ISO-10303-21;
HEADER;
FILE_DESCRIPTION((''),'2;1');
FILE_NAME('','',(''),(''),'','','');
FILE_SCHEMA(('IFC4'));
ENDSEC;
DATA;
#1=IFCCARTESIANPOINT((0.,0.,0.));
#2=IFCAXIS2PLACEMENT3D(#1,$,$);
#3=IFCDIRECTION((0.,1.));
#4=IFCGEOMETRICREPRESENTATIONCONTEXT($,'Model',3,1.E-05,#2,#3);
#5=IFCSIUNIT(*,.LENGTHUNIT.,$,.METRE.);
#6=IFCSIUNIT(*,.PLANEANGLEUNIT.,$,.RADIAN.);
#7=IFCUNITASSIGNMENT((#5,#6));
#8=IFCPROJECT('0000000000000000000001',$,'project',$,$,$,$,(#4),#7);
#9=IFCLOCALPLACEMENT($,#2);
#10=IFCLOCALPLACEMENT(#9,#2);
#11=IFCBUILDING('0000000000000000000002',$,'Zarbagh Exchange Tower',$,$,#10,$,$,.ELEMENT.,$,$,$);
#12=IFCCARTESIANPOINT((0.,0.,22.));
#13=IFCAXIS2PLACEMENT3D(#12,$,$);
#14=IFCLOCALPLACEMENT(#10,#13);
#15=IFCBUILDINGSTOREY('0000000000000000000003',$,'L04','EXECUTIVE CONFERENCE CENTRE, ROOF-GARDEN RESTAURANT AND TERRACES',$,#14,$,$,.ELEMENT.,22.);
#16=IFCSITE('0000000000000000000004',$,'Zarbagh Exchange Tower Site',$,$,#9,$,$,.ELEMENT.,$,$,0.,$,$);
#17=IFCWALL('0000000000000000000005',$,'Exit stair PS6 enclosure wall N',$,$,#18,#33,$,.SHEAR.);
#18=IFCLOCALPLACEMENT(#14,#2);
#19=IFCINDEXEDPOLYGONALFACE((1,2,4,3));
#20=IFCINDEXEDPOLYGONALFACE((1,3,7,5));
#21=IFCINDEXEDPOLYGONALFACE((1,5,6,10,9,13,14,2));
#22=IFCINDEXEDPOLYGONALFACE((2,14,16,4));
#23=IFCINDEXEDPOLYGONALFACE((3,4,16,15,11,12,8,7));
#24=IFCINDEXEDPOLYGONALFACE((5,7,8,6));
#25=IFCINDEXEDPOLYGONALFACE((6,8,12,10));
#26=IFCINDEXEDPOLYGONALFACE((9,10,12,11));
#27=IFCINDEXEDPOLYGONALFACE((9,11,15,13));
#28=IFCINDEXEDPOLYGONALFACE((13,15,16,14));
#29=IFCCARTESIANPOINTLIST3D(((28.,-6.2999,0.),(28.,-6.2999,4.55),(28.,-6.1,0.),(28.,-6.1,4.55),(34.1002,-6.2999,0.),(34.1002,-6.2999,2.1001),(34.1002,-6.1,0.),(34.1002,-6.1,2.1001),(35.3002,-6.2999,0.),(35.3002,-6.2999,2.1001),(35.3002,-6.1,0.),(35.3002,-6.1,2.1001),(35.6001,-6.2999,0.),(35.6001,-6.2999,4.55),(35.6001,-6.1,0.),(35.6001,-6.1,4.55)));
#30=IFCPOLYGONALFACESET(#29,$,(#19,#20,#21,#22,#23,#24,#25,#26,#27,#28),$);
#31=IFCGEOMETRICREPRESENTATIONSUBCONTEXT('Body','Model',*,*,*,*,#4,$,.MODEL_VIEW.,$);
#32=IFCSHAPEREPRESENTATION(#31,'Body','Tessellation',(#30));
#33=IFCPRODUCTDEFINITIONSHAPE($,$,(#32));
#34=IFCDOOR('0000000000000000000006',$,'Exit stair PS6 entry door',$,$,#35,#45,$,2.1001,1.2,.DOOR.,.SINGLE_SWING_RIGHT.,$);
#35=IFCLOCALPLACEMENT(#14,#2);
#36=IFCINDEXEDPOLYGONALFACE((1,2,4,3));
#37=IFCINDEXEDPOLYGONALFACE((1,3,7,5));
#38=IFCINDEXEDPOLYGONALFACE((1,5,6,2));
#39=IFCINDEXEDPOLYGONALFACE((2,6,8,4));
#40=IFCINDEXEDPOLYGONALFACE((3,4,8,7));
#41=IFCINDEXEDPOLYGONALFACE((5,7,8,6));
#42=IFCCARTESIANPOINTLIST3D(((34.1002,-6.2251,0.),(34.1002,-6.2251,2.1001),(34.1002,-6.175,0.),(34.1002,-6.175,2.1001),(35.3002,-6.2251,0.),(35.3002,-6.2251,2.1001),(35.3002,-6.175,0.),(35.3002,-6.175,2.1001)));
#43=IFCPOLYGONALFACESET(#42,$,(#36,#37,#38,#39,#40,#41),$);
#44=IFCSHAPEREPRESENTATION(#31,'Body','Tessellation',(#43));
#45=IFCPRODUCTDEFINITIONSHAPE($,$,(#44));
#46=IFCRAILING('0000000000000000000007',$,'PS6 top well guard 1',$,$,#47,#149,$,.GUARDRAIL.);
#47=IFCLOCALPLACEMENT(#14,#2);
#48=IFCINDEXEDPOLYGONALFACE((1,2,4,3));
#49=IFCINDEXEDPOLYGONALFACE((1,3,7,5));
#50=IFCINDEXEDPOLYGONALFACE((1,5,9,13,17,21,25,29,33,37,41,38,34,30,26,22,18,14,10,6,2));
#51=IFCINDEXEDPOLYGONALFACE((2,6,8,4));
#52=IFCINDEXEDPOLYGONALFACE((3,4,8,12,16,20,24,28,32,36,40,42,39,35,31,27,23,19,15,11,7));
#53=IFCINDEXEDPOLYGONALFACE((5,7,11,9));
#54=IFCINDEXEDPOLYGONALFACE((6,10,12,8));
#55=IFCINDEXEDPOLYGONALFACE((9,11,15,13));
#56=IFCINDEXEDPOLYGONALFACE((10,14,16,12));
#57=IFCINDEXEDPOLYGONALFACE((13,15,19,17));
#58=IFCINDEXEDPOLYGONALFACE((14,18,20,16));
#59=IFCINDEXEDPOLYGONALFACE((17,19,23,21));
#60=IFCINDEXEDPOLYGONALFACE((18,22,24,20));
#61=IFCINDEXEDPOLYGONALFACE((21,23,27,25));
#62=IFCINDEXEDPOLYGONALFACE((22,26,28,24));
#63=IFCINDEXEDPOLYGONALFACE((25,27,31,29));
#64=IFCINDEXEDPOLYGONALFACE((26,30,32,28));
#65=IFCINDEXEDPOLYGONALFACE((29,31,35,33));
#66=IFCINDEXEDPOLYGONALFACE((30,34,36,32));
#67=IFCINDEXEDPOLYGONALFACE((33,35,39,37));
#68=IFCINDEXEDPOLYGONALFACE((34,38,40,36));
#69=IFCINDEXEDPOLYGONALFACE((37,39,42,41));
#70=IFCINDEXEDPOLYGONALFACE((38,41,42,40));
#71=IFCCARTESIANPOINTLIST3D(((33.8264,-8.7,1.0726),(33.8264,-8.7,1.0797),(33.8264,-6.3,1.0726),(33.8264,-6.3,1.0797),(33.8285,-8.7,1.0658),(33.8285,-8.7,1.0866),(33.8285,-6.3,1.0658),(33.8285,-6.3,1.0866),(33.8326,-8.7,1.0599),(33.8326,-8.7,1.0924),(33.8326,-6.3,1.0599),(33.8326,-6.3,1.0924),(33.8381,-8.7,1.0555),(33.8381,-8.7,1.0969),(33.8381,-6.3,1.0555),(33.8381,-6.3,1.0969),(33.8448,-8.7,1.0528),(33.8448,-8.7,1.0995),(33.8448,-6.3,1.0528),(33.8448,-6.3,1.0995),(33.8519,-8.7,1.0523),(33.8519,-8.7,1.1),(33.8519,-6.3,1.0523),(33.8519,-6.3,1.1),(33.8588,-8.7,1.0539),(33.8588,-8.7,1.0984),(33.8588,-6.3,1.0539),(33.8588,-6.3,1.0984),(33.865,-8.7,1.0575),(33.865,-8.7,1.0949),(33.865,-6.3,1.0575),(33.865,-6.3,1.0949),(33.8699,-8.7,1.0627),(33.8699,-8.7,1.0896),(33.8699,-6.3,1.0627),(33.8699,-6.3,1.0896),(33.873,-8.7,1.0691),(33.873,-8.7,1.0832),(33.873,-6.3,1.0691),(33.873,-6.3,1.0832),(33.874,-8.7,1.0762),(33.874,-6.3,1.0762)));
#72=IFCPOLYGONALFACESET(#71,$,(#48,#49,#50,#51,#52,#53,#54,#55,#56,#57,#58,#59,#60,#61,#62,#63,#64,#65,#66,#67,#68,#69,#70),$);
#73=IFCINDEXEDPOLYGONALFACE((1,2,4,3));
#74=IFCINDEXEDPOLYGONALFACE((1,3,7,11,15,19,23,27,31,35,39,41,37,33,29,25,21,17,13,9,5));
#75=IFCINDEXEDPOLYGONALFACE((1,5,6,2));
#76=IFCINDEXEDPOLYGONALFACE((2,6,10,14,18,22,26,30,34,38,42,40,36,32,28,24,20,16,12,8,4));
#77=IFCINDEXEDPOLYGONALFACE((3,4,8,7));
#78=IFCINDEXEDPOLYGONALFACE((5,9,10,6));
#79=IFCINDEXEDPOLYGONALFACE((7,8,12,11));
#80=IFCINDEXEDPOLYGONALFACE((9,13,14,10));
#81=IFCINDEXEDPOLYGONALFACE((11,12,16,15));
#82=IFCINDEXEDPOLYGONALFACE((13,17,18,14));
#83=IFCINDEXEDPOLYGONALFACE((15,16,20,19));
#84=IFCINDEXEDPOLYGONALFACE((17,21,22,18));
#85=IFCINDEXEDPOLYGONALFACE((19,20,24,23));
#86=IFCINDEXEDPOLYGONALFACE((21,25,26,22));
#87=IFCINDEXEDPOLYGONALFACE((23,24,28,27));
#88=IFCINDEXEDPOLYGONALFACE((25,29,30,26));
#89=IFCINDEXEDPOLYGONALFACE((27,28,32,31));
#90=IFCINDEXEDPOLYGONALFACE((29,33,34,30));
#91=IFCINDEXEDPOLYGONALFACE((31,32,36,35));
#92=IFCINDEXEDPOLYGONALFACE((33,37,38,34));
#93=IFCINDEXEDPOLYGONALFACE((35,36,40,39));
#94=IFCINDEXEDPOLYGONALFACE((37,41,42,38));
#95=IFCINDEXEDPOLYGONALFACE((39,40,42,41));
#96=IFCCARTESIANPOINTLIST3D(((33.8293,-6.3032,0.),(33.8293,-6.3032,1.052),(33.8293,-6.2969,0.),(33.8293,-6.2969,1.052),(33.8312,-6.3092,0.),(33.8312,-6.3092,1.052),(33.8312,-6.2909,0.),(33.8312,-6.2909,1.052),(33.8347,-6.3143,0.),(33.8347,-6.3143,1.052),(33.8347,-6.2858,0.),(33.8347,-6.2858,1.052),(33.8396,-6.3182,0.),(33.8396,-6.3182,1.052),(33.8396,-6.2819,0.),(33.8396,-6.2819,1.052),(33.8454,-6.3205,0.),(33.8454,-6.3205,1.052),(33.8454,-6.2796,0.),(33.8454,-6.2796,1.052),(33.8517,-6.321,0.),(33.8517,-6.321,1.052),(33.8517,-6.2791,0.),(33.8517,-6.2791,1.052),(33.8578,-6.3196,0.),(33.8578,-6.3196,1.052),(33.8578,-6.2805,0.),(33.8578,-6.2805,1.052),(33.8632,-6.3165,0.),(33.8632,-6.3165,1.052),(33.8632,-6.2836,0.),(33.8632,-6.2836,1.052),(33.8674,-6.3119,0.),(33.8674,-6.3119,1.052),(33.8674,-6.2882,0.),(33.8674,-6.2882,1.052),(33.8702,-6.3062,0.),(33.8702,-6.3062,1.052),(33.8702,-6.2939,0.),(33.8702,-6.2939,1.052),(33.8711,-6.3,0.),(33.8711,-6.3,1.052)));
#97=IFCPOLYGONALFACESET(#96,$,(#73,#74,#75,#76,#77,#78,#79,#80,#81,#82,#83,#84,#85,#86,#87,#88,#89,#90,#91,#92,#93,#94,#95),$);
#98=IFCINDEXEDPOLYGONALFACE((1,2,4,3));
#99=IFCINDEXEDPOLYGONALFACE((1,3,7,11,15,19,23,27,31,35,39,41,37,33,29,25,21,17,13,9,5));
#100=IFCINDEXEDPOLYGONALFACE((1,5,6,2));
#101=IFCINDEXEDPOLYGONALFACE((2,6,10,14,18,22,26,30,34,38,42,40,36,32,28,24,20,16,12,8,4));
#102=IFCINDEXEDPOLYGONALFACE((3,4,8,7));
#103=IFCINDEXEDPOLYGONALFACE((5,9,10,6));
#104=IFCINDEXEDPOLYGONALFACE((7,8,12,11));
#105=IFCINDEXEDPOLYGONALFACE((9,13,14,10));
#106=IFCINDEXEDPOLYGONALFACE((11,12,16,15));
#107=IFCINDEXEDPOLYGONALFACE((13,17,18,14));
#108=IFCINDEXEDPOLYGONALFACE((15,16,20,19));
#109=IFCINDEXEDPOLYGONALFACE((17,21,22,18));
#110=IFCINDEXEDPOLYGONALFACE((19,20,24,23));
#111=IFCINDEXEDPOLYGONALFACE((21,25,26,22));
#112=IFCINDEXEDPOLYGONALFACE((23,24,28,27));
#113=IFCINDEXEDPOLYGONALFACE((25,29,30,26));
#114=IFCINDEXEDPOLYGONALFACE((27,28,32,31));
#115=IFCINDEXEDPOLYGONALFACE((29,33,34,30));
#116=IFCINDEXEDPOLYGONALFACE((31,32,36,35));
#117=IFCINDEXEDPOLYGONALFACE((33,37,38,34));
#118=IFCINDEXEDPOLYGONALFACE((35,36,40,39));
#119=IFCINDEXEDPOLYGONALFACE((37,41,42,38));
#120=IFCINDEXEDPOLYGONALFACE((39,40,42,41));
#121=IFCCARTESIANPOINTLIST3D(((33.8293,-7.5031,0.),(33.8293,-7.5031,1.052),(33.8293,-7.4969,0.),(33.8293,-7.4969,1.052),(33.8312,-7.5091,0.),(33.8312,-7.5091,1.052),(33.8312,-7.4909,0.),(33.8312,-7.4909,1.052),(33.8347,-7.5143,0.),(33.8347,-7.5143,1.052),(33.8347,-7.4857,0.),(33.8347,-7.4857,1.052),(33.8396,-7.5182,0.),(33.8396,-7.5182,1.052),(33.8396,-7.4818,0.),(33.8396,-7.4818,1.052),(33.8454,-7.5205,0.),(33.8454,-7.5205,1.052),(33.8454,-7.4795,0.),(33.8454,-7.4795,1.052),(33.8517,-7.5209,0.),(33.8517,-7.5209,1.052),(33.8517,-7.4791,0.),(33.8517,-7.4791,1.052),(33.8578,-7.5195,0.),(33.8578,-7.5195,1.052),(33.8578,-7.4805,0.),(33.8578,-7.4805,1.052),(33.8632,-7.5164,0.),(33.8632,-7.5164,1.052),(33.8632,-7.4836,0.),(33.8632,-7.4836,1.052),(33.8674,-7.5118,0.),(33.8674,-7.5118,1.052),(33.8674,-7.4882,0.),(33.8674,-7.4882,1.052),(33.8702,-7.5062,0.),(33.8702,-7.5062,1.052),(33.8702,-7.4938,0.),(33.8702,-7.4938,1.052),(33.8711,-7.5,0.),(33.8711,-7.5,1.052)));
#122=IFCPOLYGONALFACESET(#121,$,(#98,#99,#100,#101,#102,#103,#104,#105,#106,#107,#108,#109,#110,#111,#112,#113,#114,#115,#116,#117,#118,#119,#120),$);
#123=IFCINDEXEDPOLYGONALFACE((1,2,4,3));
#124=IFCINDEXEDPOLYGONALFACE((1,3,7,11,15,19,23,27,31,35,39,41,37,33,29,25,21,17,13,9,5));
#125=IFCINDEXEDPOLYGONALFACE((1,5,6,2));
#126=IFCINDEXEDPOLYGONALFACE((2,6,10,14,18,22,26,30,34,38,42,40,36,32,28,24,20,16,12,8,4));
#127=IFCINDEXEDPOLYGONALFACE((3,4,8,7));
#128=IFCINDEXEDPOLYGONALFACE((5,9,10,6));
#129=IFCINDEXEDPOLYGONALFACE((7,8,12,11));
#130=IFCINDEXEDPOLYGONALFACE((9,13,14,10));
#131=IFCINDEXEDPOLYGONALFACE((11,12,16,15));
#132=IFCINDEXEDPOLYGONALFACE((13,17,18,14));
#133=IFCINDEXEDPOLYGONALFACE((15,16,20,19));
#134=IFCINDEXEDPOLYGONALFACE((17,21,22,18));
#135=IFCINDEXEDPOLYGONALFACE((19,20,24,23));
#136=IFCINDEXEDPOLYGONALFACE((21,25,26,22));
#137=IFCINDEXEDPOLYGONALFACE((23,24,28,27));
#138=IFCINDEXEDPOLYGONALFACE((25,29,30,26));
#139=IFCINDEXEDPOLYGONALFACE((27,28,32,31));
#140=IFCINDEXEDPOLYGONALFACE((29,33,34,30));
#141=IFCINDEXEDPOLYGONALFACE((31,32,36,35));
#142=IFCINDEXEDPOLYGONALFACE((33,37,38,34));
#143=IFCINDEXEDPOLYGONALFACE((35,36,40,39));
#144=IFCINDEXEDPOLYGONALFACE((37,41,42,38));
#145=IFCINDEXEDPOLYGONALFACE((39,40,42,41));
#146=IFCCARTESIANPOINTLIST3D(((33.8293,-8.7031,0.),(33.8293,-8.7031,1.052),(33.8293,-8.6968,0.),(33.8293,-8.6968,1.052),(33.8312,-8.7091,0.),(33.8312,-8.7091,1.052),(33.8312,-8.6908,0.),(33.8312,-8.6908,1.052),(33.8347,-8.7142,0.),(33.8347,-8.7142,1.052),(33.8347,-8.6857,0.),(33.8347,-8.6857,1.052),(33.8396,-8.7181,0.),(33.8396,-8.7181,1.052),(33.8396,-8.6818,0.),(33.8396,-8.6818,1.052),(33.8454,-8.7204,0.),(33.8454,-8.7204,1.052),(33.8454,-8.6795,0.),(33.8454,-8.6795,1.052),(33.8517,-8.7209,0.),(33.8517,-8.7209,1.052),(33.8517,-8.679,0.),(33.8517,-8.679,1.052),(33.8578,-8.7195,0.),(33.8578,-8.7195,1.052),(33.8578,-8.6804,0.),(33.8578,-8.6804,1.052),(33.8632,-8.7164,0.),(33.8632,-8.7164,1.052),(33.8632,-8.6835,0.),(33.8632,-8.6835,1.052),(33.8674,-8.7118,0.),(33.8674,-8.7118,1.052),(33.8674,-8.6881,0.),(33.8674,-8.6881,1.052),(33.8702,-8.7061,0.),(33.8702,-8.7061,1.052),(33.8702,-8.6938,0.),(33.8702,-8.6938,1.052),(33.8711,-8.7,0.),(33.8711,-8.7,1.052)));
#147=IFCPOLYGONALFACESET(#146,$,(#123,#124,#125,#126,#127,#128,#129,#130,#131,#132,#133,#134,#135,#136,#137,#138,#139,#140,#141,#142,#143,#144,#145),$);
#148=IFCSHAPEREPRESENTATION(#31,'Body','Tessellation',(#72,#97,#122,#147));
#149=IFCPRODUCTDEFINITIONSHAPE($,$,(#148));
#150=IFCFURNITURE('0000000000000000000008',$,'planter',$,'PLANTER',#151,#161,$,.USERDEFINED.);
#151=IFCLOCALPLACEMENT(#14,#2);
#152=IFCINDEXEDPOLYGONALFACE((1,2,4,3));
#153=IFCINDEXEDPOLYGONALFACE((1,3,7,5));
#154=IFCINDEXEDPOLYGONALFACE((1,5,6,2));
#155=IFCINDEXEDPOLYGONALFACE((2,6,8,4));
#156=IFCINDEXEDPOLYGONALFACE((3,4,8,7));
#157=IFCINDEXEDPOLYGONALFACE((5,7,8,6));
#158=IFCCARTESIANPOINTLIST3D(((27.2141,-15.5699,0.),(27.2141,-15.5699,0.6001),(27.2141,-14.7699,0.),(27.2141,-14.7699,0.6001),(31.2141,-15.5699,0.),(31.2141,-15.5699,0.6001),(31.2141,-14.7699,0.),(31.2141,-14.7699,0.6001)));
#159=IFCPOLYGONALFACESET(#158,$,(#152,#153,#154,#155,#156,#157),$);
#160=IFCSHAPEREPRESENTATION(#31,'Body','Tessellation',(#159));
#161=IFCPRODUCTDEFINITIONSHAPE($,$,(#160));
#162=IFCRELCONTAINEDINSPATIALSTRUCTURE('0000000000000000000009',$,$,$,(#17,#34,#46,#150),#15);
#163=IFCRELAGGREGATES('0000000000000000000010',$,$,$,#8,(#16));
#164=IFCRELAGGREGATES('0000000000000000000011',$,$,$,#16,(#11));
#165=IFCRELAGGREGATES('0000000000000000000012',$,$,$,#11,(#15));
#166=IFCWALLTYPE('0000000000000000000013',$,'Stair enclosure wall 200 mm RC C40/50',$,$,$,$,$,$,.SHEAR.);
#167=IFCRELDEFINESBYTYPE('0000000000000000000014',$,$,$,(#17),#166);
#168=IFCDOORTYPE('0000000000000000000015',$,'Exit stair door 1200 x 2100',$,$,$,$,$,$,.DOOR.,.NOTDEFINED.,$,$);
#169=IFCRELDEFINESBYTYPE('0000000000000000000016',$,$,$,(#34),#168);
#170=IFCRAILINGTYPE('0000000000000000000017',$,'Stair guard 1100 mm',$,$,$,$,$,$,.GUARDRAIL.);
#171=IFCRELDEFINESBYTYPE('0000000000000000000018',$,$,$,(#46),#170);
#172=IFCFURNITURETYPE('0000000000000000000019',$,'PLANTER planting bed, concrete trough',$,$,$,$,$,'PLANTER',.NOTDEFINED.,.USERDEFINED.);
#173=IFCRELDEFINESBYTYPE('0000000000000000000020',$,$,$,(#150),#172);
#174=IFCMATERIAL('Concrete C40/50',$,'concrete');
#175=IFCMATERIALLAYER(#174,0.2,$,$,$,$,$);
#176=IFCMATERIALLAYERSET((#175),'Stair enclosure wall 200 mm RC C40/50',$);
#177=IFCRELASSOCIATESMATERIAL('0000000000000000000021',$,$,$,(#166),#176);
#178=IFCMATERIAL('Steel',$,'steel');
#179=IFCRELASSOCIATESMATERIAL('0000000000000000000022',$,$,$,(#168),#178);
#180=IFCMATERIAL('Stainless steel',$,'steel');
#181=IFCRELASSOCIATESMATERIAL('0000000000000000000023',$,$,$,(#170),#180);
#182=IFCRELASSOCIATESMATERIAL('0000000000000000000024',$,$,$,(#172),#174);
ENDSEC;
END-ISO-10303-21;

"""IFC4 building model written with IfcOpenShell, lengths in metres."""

from ifc_helpers import new_model, si_unit, direction, frame, frame_2d, origin, origin_2d, place, context, subcontext, project, spatial, rectangle, circle, extrude, material, layer, layer_set, type_object, element, fill, save


model = new_model("IFC4")

# Units and contexts
model_context = context("Model", 3, precision=1e-05, world=origin(), true_north=direction((0.0, 1.0)))
body_context = subcontext(model_context, "Body", "Model", "MODEL_VIEW")
ifc_project = project(units=[si_unit("LENGTHUNIT", "METRE"), si_unit("PLANEANGLEUNIT", "RADIAN")], contexts=[model_context])

# Site, building, storey
site_placement = place(None, origin())
site = spatial("IfcSite", under=ifc_project, at=site_placement, Name="Zarbagh Exchange Tower Site", CompositionType="ELEMENT", RefElevation=0.0)
building_placement = place(site_placement, origin())
building = spatial("IfcBuilding", under=site, at=building_placement, Name="Zarbagh Exchange Tower", CompositionType="ELEMENT")
storey_placement = place(building_placement, frame((0.0, 0.0, 22.0)))
storey = spatial("IfcBuildingStorey", under=building, at=storey_placement, Name="L04", Description="EXECUTIVE CONFERENCE CENTRE, ROOF-GARDEN RESTAURANT AND TERRACES", CompositionType="ELEMENT", Elevation=22.0)

# Shared definitions
ifc_material_1 = material(Name="Concrete C40/50", Category="concrete")
ifc_layer_1 = layer(ifc_material_1, 0.2)
ifc_layer_set_1 = layer_set([ifc_layer_1], Name="Stair enclosure wall 200 mm RC C40/50")
wall_type_1 = type_object("IfcWallType", Name="Stair enclosure wall 200 mm RC C40/50", PredefinedType="SHEAR", material=ifc_layer_set_1)

# Wall, opening, door
wall_1_placement = place(storey_placement, frame((28.0, -6.2, 0.0), z_axis=(0.0, 0.0, 1.0), x_axis=(1.0, 0.0, 0.0)))
wall_1 = element("IfcWall", 1, at=wall_1_placement, inside=storey, type_object=wall_type_1, Name="Exit stair PS6 enclosure wall N", PredefinedType="SHEAR", context=body_context, shape_type="SweptSolid", body=[
    extrude(rectangle(XDim=7.6001, YDim=0.2, at=frame_2d((3.8, 0.0))), origin(), (0.0, 0.0, 1.0), 4.55),
])
opening_1_placement = place(wall_1_placement, frame((6.1001, 0.0, 0.0)))
opening_1 = element("IfcOpeningElement", 2, at=opening_1_placement, cuts=wall_1, PredefinedType="OPENING", context=body_context, shape_type="SweptSolid", body=[
    extrude(rectangle(XDim=1.2, YDim=2.1001, at=frame_2d((0.6001, 1.05))), frame((0.0, 0.1099, 0.0), z_axis=(0.0, -1.0, 0.0), x_axis=(1.0, 0.0, 0.0)), (0.0, 0.0, 1.0), 0.22),
])
ifc_material_2 = material(Name="Steel", Category="steel")
door_type_1 = type_object("IfcDoorType", Name="Exit stair door 1200 x 2100", OperationType="NOTDEFINED", PredefinedType="DOOR", material=ifc_material_2)
door_1_placement = place(opening_1_placement, origin())
door_1 = element("IfcDoor", 3, at=door_1_placement, inside=storey, type_object=door_type_1, Name="Exit stair PS6 entry door", OperationType="SINGLE_SWING_RIGHT", OverallHeight=2.1001, OverallWidth=1.2, PredefinedType="DOOR", context=body_context, shape_type="SweptSolid", body=[
    extrude(rectangle(XDim=1.2, YDim=2.1001, at=frame_2d((0.6001, 1.05))), frame((0.0, 0.0249, 0.0), z_axis=(0.0, -1.0, 0.0), x_axis=(1.0, 0.0, 0.0)), (0.0, 0.0, 1.0), 0.05),
])
fill(opening_1, door_1)

# Railing
ifc_material_3 = material(Name="Stainless steel", Category="steel")
railing_type_1 = type_object("IfcRailingType", Name="Stair guard 1100 mm", PredefinedType="GUARDRAIL", material=ifc_material_3)
railing_1_placement = place(storey_placement, frame((33.8501, -6.3, 0.0)))
element("IfcRailing", 4, at=railing_1_placement, inside=storey, type_object=railing_type_1, Name="PS6 top well guard 1", PredefinedType="GUARDRAIL", context=body_context, shape_type="SweptSolid", body=[
    extrude(circle(Radius=0.0239, at=origin_2d()), frame((0.0, 0.0, 1.0762), z_axis=(0.0, -1.0, 0.0), x_axis=(1.0, 0.0, 0.0)), (0.0, 0.0, 1.0), 2.3999),
    extrude(circle(Radius=0.021, at=origin_2d()), origin(), (0.0, 0.0, 1.0), 1.052),
    extrude(circle(Radius=0.021, at=origin_2d()), frame((0.0, -1.2, 0.0)), (0.0, 0.0, 1.0), 1.052),
    extrude(circle(Radius=0.021, at=origin_2d()), frame((0.0, -2.3999, 0.0)), (0.0, 0.0, 1.0), 1.052),
])

# Furniture
furniture_type = type_object("IfcFurnitureType", Name="PLANTER planting bed, concrete trough", ElementType="PLANTER", AssemblyPlace="NOTDEFINED", PredefinedType="USERDEFINED", material=ifc_material_1)
furniture_placement = place(storey_placement, frame((29.2141, -15.1699, 0.0), z_axis=(0.0, 0.0, 1.0), x_axis=(-1.0, 0.0, 0.0)))
element("IfcFurniture", 5, at=furniture_placement, inside=storey, type_object=furniture_type, Name="planter", ObjectType="PLANTER", PredefinedType="USERDEFINED", context=body_context, shape_type="SweptSolid", body=[
    extrude(rectangle(XDim=4.0, YDim=0.8, at=origin_2d()), origin(), (0.0, 0.0, 1.0), 0.6001),
])

save(model, "model.ifc")
